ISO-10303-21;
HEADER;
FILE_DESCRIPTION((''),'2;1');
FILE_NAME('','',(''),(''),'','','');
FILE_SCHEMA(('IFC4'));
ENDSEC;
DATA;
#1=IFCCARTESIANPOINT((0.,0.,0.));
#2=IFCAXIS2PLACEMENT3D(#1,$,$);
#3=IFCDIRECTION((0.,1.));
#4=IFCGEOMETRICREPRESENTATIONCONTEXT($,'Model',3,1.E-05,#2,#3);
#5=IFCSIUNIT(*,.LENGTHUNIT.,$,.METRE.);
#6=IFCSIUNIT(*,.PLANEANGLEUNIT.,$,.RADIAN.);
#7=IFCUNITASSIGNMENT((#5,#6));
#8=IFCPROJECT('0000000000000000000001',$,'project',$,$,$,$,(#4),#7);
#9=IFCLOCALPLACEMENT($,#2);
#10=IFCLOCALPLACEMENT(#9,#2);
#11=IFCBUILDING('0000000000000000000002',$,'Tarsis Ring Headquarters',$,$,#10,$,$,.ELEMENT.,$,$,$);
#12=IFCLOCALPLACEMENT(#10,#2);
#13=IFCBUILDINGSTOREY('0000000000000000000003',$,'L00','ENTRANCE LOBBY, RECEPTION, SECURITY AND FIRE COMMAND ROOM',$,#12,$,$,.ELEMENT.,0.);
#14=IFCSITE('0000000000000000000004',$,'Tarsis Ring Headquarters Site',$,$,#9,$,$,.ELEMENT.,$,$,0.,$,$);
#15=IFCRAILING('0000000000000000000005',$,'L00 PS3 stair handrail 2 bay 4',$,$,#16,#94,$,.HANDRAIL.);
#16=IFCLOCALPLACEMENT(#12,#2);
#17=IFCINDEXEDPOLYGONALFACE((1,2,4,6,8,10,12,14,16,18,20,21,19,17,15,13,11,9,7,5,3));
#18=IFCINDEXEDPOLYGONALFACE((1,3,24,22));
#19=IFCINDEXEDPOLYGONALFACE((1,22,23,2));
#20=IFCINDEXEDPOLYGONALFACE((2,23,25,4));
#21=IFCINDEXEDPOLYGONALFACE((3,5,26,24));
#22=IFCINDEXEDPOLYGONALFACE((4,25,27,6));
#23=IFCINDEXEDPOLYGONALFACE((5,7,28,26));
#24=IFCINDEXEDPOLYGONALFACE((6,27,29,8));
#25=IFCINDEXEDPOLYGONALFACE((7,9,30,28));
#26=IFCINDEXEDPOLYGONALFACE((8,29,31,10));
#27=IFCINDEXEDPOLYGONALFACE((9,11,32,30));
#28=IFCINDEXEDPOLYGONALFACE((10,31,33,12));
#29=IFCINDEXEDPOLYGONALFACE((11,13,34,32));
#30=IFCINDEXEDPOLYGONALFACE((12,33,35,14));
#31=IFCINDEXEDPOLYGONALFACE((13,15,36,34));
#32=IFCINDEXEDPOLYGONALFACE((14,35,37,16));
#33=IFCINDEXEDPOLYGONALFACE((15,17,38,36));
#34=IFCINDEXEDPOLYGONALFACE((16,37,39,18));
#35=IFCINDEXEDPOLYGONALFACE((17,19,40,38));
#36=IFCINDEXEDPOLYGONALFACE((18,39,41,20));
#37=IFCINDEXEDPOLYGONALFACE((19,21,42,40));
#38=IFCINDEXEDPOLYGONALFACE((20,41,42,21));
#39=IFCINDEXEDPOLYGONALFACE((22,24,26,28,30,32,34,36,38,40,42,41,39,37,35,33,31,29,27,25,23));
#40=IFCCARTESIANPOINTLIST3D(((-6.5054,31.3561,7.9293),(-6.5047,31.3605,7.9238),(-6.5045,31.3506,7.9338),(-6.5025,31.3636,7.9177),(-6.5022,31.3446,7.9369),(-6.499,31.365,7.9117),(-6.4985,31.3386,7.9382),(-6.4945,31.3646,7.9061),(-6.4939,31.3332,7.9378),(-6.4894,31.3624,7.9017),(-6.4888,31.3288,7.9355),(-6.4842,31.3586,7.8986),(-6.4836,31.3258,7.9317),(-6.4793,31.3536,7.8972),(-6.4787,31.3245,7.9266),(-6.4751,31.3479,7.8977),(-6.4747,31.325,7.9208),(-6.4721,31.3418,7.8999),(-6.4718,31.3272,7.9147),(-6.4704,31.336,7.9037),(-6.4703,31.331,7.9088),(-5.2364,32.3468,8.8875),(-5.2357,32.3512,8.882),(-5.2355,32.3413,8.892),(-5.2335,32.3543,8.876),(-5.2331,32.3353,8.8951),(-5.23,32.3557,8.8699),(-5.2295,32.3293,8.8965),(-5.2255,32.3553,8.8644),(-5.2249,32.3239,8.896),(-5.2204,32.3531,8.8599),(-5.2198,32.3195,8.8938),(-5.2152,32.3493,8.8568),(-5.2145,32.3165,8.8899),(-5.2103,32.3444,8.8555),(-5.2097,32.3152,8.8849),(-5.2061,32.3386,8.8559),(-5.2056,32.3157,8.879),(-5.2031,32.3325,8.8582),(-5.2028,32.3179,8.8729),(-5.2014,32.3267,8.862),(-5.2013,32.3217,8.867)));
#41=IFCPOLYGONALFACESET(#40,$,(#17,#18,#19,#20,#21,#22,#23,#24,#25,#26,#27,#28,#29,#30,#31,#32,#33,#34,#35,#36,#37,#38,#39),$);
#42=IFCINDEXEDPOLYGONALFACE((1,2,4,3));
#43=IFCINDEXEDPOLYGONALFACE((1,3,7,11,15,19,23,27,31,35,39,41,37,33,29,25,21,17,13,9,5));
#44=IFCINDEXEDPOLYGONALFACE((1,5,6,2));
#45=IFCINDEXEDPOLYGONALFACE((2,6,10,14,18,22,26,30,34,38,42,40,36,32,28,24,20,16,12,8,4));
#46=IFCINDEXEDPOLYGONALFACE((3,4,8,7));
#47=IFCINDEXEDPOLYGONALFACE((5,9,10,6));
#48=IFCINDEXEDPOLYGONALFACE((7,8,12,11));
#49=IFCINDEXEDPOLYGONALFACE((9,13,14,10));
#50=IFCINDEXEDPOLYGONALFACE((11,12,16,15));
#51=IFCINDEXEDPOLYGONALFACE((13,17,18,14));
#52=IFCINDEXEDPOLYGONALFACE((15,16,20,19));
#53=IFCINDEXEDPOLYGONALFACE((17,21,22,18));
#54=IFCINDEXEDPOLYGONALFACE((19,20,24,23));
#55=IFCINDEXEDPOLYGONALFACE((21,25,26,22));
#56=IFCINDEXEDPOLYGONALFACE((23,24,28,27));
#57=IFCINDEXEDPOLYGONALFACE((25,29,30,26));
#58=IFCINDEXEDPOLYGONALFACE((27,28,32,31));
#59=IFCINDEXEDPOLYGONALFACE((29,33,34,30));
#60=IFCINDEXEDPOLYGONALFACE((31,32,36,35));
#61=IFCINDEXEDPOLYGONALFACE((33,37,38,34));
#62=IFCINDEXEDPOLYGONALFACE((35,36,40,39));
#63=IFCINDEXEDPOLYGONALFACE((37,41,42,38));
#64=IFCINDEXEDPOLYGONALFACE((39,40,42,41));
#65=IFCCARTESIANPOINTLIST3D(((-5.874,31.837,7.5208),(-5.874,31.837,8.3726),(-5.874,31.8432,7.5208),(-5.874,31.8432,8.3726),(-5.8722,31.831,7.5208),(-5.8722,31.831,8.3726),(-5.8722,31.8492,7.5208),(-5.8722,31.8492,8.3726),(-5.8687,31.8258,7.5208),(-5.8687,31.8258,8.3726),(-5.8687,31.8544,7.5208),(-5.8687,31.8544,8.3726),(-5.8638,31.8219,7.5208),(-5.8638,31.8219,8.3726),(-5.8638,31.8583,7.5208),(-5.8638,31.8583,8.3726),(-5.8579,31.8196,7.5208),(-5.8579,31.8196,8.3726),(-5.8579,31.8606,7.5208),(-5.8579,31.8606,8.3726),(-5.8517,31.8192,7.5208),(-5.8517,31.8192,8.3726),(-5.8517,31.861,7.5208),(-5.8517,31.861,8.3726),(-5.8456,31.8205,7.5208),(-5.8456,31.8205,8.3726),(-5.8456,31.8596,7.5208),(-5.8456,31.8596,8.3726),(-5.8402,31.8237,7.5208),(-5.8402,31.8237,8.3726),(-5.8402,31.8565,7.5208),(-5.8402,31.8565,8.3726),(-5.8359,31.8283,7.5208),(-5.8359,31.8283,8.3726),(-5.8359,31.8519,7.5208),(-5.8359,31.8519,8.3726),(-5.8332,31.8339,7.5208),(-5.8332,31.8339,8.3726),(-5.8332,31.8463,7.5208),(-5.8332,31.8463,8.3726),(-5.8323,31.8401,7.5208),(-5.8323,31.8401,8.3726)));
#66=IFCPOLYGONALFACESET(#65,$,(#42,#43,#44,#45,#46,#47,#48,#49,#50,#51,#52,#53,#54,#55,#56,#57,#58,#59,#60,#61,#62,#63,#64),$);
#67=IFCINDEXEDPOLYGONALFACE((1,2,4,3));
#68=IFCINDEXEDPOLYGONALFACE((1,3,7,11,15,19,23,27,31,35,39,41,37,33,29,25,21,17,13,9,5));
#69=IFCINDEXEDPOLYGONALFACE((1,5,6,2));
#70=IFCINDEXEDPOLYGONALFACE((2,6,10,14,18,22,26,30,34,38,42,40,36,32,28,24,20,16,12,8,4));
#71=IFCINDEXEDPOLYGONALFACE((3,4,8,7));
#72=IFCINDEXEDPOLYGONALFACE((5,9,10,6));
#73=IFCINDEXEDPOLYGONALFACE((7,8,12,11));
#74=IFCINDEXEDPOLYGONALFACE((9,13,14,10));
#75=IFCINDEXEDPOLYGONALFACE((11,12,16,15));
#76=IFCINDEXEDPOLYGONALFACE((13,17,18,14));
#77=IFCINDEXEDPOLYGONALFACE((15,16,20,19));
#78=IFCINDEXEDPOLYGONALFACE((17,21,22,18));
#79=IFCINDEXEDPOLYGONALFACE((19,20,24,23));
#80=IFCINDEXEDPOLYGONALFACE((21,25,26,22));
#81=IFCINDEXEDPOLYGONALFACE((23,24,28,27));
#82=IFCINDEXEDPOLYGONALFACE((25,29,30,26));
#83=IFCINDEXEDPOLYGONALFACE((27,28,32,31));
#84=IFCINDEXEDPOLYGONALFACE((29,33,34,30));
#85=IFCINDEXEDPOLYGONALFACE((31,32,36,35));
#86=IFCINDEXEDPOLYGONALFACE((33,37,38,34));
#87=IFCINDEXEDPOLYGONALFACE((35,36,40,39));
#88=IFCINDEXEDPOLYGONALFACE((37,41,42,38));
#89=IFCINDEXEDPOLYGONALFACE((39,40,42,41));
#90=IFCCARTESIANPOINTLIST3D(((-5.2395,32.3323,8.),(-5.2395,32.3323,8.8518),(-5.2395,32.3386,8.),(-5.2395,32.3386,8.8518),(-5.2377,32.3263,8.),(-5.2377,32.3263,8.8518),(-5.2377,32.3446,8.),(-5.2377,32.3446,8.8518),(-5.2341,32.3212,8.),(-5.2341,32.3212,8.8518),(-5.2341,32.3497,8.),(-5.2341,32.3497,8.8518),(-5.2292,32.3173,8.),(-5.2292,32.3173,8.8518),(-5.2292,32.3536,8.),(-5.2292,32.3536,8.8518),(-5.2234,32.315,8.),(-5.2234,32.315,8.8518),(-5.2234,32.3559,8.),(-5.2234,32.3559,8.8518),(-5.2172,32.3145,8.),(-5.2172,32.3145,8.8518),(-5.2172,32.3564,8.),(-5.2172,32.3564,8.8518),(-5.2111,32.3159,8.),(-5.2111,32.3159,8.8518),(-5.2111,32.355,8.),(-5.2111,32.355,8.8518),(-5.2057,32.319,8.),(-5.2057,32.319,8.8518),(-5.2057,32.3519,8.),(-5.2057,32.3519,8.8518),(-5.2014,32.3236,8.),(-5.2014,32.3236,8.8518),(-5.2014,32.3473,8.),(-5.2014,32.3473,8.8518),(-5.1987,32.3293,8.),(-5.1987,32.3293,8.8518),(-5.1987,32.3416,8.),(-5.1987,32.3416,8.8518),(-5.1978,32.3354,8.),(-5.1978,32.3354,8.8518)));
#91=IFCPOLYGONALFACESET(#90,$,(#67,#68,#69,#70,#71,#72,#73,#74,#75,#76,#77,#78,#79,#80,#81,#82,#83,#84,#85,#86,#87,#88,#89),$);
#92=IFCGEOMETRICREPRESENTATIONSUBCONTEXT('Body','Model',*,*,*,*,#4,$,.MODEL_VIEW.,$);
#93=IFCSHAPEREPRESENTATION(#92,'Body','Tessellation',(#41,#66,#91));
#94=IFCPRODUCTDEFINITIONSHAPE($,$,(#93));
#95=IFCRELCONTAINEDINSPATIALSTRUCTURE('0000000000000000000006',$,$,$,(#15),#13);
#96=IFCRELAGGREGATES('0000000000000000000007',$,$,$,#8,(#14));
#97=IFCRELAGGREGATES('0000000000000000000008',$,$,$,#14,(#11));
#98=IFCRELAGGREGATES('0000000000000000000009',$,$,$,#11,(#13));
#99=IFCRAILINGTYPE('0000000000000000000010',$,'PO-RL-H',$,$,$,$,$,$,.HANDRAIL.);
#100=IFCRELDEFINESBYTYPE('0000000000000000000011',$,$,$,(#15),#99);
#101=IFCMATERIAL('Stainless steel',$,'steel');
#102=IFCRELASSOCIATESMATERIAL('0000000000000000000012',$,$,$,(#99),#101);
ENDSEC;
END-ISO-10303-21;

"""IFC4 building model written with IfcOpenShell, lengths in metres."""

from ifc_helpers import new_model, si_unit, direction, frame, origin, origin_2d, place, context, subcontext, project, spatial, circle, extrude, material, type_object, element, save


model = new_model("IFC4")

# Units and contexts
model_context = context("Model", 3, precision=1e-05, world=origin(), true_north=direction((0.0, 1.0)))
body_context = subcontext(model_context, "Body", "Model", "MODEL_VIEW")
ifc_project = project(units=[si_unit("LENGTHUNIT", "METRE"), si_unit("PLANEANGLEUNIT", "RADIAN")], contexts=[model_context])

# Site, building, storey
site_placement = place(None, origin())
site = spatial("IfcSite", under=ifc_project, at=site_placement, Name="Tarsis Ring Headquarters Site", CompositionType="ELEMENT", RefElevation=0.0)
building_placement = place(site_placement, origin())
building = spatial("IfcBuilding", under=site, at=building_placement, Name="Tarsis Ring Headquarters", CompositionType="ELEMENT")
storey_placement = place(building_placement, origin())
storey = spatial("IfcBuildingStorey", under=building, at=storey_placement, Name="L00", Description="ENTRANCE LOBBY, RECEPTION, SECURITY AND FIRE COMMAND ROOM", CompositionType="ELEMENT", Elevation=0.0)

# Railing
ifc_material_1 = material(Name="Stainless steel", Category="steel")
railing_type_1 = type_object("IfcRailingType", Name="PO-RL-H", PredefinedType="HANDRAIL", material=ifc_material_1)
railing_1_placement = place(storey_placement, frame((-6.4878, 31.3447, 7.0417)))
element("IfcRailing", 1, at=railing_1_placement, inside=storey, type_object=railing_type_1, Name="L00 PS3 stair handrail 2 bay 4", PredefinedType="HANDRAIL", context=body_context, shape_type="SweptSolid", body=[
    extrude(circle(Radius=0.0239, at=origin_2d()), frame((0.0, 0.0, 0.876), z_axis=(0.677341, 0.52879, 0.511459), x_axis=(-0.615367, 0.78824, 0.0)), (0.0, 0.0, 1.0), 1.8735),
    extrude(circle(Radius=0.021, at=origin_2d()), frame((0.6345, 0.4954, 0.479)), (0.0, 0.0, 1.0), 0.8518),
    extrude(circle(Radius=0.021, at=origin_2d()), frame((1.269, 0.9907, 0.9583)), (0.0, 0.0, 1.0), 0.8518),
])

save(model, "model.ifc")
